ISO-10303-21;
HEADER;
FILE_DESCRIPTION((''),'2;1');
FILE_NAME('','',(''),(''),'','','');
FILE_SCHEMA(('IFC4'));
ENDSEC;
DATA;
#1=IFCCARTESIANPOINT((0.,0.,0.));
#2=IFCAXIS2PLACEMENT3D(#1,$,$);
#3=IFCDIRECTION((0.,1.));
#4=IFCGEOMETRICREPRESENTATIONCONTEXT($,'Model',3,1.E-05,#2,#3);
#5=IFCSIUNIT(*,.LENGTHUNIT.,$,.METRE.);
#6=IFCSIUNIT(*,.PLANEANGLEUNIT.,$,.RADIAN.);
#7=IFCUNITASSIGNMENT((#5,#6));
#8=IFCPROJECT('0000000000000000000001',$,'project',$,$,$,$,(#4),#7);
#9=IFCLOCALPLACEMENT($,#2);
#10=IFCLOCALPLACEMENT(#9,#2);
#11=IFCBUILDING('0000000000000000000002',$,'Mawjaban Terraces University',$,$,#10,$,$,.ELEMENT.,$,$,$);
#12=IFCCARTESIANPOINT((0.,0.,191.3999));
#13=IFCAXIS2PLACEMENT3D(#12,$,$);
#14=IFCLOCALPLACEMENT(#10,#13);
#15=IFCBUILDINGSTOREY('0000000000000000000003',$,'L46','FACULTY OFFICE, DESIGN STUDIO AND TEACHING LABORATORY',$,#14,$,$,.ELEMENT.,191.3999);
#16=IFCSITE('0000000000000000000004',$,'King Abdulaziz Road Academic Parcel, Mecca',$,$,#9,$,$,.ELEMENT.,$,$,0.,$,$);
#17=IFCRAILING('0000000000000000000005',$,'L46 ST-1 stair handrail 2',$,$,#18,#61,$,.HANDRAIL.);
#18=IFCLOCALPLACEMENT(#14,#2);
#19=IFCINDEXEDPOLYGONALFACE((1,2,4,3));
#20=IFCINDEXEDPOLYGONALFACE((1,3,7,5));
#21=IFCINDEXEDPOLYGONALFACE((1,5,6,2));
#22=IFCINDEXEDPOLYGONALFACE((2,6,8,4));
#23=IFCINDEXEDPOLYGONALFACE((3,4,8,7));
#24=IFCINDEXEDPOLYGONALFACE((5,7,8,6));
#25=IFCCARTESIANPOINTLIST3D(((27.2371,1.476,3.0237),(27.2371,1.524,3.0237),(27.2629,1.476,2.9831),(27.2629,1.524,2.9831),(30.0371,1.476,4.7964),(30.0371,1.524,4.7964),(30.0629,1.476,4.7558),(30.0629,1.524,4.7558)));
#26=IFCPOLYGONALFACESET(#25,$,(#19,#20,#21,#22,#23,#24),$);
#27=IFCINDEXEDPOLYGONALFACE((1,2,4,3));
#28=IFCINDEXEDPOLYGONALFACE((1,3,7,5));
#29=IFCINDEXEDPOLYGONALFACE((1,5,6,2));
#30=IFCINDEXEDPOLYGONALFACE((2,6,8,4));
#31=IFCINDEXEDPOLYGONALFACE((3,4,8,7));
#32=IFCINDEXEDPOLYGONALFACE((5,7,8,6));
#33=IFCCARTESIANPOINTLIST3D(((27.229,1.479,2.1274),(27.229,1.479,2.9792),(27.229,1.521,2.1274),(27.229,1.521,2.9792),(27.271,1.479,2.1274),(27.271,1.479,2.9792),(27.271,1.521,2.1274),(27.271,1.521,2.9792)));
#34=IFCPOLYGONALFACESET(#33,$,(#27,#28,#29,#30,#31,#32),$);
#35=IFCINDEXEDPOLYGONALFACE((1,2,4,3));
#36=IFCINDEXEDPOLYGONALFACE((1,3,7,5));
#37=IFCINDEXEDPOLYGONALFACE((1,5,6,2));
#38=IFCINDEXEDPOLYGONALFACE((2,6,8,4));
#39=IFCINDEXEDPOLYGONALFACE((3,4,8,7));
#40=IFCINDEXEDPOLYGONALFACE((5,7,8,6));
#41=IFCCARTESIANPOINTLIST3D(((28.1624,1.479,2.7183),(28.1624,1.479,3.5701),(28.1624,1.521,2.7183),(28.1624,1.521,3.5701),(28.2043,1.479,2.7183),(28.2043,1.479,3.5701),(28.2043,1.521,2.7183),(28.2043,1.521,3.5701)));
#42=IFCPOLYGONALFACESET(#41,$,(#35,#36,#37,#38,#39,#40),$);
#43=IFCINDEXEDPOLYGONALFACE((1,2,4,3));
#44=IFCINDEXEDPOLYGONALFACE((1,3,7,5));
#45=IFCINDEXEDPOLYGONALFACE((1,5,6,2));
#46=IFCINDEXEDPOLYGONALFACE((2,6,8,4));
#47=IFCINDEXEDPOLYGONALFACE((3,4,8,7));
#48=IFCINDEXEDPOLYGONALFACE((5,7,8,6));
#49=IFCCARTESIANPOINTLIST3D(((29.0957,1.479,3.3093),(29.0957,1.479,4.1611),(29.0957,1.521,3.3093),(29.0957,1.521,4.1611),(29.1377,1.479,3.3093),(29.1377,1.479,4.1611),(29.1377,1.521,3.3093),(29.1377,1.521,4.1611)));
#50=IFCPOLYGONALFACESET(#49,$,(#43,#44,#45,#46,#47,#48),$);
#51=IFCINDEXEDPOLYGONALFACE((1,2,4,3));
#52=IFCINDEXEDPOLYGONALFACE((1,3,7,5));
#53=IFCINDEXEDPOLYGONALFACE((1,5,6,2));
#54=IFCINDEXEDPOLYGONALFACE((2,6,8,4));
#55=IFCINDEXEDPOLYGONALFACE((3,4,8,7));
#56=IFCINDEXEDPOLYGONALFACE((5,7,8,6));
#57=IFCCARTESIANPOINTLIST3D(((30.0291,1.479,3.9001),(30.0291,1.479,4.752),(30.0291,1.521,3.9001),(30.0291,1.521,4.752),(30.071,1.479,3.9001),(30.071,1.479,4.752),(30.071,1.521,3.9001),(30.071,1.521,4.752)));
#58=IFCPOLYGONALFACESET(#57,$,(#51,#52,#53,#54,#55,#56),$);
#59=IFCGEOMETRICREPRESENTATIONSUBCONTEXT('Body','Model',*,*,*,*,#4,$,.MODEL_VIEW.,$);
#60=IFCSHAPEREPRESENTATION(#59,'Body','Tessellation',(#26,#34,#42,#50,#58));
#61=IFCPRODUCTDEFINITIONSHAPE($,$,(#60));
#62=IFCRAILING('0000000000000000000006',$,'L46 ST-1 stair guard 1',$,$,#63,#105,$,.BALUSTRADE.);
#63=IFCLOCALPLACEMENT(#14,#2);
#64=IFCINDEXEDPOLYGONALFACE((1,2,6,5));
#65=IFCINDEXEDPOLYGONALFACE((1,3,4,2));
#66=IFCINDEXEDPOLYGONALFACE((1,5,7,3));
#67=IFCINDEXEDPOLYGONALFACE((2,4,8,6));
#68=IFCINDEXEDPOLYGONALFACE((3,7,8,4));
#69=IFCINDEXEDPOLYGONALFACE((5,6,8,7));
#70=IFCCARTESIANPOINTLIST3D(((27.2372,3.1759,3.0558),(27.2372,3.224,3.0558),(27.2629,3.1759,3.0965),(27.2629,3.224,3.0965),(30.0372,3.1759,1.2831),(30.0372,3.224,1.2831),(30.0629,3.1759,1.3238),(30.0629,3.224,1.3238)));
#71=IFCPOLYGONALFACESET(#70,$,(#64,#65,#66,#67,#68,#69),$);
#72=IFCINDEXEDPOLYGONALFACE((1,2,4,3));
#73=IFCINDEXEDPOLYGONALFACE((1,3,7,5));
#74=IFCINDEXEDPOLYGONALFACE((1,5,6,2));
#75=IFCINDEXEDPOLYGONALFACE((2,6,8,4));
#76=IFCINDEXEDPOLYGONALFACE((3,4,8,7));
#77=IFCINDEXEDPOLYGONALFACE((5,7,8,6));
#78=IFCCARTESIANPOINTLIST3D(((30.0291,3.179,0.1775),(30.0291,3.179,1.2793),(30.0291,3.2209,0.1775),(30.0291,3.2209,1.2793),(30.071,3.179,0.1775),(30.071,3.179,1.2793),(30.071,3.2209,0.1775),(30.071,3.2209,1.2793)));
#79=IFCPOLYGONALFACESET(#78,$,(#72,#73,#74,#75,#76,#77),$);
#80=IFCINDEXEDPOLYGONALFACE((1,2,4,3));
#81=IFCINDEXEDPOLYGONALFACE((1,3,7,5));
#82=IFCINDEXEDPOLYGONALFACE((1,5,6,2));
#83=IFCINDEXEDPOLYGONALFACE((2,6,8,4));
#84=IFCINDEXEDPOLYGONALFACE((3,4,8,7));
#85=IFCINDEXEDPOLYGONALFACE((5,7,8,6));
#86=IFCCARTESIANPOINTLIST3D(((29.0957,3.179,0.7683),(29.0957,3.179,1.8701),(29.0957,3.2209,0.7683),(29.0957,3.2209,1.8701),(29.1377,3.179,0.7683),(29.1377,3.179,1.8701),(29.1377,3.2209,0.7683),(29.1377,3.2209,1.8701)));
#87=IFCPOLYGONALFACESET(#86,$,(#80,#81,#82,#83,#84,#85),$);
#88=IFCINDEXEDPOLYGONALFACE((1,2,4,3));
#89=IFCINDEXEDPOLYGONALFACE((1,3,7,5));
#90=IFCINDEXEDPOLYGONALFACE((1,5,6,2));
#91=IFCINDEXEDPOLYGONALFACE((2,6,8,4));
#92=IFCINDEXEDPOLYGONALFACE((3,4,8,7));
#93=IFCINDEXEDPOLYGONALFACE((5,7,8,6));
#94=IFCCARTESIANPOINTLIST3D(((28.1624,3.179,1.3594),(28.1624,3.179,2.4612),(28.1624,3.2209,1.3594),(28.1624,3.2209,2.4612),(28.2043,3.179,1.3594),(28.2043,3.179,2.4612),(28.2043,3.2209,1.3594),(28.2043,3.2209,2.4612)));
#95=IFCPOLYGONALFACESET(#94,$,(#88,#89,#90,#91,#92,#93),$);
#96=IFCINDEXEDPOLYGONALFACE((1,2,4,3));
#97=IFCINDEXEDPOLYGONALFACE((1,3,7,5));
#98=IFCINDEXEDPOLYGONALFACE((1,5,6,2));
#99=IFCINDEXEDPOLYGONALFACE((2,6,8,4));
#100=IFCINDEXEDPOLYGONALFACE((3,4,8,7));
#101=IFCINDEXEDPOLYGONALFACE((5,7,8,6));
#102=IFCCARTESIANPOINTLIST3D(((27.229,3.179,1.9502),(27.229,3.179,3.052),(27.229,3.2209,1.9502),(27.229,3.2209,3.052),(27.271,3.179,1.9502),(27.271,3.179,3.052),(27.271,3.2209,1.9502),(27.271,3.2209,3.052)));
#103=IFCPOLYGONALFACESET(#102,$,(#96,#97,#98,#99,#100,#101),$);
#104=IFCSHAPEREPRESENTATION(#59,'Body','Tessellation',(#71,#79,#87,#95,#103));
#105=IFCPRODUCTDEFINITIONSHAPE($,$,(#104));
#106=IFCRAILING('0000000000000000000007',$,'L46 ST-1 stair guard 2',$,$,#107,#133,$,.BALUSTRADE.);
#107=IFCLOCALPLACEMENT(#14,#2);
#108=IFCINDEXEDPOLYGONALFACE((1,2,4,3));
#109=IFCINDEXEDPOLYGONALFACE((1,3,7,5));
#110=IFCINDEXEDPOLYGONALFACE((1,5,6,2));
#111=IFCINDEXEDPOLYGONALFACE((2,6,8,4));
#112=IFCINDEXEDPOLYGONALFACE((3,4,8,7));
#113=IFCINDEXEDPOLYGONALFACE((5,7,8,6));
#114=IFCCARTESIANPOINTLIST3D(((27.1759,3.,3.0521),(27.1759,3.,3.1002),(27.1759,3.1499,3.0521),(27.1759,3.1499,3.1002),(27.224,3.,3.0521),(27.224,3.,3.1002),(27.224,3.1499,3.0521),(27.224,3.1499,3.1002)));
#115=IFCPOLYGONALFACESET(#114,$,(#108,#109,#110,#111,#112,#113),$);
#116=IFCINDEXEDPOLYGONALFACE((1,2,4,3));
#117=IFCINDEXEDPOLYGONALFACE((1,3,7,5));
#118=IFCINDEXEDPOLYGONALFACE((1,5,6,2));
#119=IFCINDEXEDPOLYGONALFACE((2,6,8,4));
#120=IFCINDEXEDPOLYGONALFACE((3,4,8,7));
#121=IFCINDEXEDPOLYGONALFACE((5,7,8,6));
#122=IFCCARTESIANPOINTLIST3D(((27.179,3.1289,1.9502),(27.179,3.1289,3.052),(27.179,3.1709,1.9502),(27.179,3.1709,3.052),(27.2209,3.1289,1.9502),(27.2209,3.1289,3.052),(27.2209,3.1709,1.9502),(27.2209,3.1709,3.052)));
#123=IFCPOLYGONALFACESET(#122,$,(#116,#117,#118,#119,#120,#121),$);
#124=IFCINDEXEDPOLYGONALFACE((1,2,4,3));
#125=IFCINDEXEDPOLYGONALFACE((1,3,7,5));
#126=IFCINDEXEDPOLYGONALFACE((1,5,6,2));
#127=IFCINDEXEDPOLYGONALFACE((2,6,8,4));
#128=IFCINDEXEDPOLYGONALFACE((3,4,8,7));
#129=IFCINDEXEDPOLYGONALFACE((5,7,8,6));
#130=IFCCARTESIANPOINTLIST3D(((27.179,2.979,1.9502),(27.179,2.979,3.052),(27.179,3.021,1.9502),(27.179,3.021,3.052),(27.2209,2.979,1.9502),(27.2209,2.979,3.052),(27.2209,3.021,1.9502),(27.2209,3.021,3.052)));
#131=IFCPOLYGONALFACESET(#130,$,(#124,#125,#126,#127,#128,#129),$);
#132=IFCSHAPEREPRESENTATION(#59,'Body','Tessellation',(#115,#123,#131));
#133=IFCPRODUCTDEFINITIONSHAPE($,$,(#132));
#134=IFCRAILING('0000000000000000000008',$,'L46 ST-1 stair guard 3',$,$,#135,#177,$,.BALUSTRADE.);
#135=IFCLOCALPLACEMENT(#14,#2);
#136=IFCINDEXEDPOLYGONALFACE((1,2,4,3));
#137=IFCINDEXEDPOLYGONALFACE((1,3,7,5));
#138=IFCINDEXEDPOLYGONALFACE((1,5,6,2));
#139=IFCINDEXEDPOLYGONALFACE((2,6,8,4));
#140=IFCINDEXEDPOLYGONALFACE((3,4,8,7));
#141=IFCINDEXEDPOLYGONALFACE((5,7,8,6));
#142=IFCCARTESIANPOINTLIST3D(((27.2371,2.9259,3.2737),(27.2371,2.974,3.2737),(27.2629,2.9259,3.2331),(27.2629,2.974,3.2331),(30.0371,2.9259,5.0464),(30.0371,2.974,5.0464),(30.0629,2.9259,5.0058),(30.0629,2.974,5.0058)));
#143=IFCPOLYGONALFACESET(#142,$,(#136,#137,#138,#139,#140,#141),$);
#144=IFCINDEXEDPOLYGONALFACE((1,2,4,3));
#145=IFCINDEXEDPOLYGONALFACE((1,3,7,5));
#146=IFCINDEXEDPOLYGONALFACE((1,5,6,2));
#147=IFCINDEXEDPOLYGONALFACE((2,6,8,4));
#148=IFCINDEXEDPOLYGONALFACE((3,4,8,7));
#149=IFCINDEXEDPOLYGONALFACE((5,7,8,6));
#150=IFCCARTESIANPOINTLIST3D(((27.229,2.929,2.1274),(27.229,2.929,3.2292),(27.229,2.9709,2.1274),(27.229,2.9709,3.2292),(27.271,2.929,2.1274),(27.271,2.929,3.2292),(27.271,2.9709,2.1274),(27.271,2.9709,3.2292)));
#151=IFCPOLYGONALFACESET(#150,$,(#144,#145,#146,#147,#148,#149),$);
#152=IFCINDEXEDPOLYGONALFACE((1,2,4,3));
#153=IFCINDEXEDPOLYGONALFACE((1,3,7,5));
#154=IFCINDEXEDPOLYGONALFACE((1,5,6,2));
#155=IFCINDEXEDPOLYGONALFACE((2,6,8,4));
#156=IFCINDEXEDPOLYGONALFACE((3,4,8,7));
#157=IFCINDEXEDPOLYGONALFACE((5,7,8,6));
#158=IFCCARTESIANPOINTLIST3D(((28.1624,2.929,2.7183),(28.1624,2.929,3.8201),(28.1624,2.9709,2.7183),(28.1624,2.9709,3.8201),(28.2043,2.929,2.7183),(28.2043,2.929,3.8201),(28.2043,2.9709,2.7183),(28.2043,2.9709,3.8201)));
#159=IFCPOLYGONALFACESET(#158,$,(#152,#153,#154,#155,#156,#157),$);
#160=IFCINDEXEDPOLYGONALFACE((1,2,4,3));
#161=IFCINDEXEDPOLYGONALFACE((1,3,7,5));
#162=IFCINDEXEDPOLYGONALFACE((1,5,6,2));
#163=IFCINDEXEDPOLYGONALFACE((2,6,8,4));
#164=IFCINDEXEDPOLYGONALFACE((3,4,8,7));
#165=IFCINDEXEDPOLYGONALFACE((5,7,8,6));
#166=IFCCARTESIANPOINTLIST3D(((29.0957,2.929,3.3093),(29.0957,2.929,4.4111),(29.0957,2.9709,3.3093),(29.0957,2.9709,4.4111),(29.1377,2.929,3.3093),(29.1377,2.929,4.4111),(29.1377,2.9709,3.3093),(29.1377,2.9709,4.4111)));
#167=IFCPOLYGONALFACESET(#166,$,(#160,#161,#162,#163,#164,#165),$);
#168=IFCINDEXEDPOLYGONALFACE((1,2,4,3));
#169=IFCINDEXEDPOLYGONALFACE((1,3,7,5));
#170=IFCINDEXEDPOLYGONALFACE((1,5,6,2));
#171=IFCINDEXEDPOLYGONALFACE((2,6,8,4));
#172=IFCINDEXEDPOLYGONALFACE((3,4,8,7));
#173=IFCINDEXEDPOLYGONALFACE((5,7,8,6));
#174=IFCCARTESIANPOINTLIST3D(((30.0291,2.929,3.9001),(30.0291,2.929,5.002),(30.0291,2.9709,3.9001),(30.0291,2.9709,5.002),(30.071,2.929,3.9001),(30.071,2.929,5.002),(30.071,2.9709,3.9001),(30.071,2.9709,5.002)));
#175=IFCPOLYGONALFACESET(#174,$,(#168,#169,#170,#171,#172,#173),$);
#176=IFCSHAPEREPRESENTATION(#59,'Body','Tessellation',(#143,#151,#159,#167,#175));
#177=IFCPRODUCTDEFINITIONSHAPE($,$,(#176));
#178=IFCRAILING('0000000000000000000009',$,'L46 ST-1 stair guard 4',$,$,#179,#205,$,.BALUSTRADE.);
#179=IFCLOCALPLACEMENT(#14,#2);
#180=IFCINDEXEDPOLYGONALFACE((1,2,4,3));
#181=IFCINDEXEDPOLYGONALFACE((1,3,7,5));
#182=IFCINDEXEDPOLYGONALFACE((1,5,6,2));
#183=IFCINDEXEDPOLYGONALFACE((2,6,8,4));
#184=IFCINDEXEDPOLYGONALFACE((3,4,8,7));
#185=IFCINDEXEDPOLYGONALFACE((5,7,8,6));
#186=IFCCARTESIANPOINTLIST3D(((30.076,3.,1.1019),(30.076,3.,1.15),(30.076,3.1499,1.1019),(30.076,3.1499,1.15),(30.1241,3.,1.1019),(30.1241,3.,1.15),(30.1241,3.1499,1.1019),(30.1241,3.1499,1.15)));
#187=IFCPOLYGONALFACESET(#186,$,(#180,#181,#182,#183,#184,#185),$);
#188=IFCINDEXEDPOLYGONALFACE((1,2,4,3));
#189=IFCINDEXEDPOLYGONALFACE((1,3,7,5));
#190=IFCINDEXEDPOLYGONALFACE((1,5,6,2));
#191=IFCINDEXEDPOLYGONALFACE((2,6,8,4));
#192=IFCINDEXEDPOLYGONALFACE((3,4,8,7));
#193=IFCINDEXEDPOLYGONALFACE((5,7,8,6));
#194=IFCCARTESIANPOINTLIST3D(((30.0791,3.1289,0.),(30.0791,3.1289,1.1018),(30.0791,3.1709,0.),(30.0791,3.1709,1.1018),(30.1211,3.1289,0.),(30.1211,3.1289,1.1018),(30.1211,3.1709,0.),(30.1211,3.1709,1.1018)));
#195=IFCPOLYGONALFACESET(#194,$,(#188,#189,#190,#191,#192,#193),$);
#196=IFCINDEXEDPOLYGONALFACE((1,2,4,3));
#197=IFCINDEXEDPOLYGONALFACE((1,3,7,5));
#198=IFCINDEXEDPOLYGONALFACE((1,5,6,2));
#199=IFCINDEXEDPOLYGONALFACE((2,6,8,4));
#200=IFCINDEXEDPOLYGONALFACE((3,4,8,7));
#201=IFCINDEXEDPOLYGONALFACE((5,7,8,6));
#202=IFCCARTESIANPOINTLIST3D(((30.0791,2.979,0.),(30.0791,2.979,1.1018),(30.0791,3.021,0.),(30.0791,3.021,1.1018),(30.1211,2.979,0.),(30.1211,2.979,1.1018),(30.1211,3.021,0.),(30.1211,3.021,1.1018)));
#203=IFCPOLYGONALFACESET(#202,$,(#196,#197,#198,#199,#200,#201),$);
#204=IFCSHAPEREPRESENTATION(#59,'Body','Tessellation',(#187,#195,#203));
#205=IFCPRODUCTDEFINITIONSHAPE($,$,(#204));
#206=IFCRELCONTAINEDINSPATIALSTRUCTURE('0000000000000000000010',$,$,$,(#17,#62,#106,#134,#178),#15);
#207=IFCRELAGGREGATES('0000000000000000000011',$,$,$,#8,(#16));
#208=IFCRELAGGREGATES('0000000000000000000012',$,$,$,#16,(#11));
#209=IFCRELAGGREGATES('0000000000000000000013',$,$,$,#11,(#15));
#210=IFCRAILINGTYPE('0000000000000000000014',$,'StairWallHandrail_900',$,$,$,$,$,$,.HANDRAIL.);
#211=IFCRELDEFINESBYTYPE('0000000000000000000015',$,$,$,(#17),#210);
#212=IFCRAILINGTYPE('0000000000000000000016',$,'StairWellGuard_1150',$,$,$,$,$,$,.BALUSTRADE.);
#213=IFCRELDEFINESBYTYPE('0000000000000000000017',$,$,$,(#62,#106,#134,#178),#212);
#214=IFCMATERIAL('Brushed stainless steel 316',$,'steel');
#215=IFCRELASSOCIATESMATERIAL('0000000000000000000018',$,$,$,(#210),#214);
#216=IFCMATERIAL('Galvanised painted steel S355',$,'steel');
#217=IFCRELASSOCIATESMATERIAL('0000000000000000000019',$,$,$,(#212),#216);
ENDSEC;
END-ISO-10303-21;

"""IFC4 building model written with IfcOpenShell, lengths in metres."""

from ifc_helpers import new_model, si_unit, direction, frame, origin, origin_2d, place, context, subcontext, project, spatial, rectangle, extrude, material, type_object, element, save


model = new_model("IFC4")

# Units and contexts
model_context = context("Model", 3, precision=1e-05, world=origin(), true_north=direction((0.0, 1.0)))
body_context = subcontext(model_context, "Body", "Model", "MODEL_VIEW")
ifc_project = project(units=[si_unit("LENGTHUNIT", "METRE"), si_unit("PLANEANGLEUNIT", "RADIAN")], contexts=[model_context])

# Site, building, storey
site_placement = place(None, origin())
site = spatial("IfcSite", under=ifc_project, at=site_placement, Name="King Abdulaziz Road Academic Parcel, Mecca", CompositionType="ELEMENT", RefElevation=0.0)
building_placement = place(site_placement, origin())
building = spatial("IfcBuilding", under=site, at=building_placement, Name="Mawjaban Terraces University", CompositionType="ELEMENT")
storey_placement = place(building_placement, frame((0.0, 0.0, 191.3999)))
storey = spatial("IfcBuildingStorey", under=building, at=storey_placement, Name="L46", Description="FACULTY OFFICE, DESIGN STUDIO AND TEACHING LABORATORY", CompositionType="ELEMENT", Elevation=191.3999)

# Railings
ifc_material_1 = material(Name="Brushed stainless steel 316", Category="steel")
railing_type_1 = type_object("IfcRailingType", Name="StairWallHandrail_900", PredefinedType="HANDRAIL", material=ifc_material_1)
railing_1_placement = place(storey_placement, frame((27.25, 1.5, 2.1274)))
element("IfcRailing", 1, at=railing_1_placement, inside=storey, type_object=railing_type_1, Name="L46 ST-1 stair handrail 2", PredefinedType="HANDRAIL", context=body_context, shape_type="SweptSolid", body=[
    extrude(rectangle(XDim=0.0481, YDim=0.0481, at=origin_2d()), frame((0.0, 0.0, 0.876), z_axis=(0.844909, 0.0, 0.53491), x_axis=(0.0, 1.0, 0.0)), (0.0, 0.0, 1.0), 3.314),
    extrude(rectangle(XDim=0.042, YDim=0.042, at=origin_2d()), origin(), (0.0, 0.0, 1.0), 0.8518),
    extrude(rectangle(XDim=0.042, YDim=0.042, at=origin_2d()), frame((0.9333, 0.0, 0.5908)), (0.0, 0.0, 1.0), 0.8518),
    extrude(rectangle(XDim=0.042, YDim=0.042, at=origin_2d()), frame((1.8667, 0.0, 1.1819)), (0.0, 0.0, 1.0), 0.8518),
    extrude(rectangle(XDim=0.042, YDim=0.042, at=origin_2d()), frame((2.8, 0.0, 1.7727)), (0.0, 0.0, 1.0), 0.8518),
])
ifc_material_2 = material(Name="Galvanised painted steel S355", Category="steel")
railing_type_2 = type_object("IfcRailingType", Name="StairWellGuard_1150", PredefinedType="BALUSTRADE", material=ifc_material_2)
railing_2_placement = place(storey_placement, frame((30.05, 3.2, 0.1775)))
element("IfcRailing", 2, at=railing_2_placement, inside=storey, type_object=railing_type_2, Name="L46 ST-1 stair guard 1", PredefinedType="BALUSTRADE", context=body_context, shape_type="SweptSolid", body=[
    extrude(rectangle(XDim=0.0481, YDim=0.0481, at=origin_2d()), frame((0.0, 0.0, 1.126), z_axis=(-0.844909, 0.0, 0.53491), x_axis=(0.0, -1.0, 0.0)), (0.0, 0.0, 1.0), 3.314),
    extrude(rectangle(XDim=0.042, YDim=0.042, at=origin_2d()), origin(), (0.0, 0.0, 1.0), 1.1018),
    extrude(rectangle(XDim=0.042, YDim=0.042, at=origin_2d()), frame((-0.9333, 0.0, 0.5908)), (0.0, 0.0, 1.0), 1.1018),
    extrude(rectangle(XDim=0.042, YDim=0.042, at=origin_2d()), frame((-1.8667, 0.0, 1.1819)), (0.0, 0.0, 1.0), 1.1018),
    extrude(rectangle(XDim=0.042, YDim=0.042, at=origin_2d()), frame((-2.8, 0.0, 1.7727)), (0.0, 0.0, 1.0), 1.1018),
])
railing_3_placement = place(storey_placement, frame((27.2, 3.1499, 1.9502)))
element("IfcRailing", 3, at=railing_3_placement, inside=storey, type_object=railing_type_2, Name="L46 ST-1 stair guard 2", PredefinedType="BALUSTRADE", context=body_context, shape_type="SweptSolid", body=[
    extrude(rectangle(XDim=0.0481, YDim=0.0481, at=origin_2d()), frame((0.0, 0.0, 1.126), z_axis=(0.0, -1.0, 0.0), x_axis=(1.0, 0.0, 0.0)), (0.0, 0.0, 1.0), 0.1499),
    extrude(rectangle(XDim=0.042, YDim=0.042, at=origin_2d()), origin(), (0.0, 0.0, 1.0), 1.1018),
    extrude(rectangle(XDim=0.042, YDim=0.042, at=origin_2d()), frame((0.0, -0.1499, 0.0)), (0.0, 0.0, 1.0), 1.1018),
])
railing_4_placement = place(storey_placement, frame((27.25, 2.95, 2.1274)))
element("IfcRailing", 4, at=railing_4_placement, inside=storey, type_object=railing_type_2, Name="L46 ST-1 stair guard 3", PredefinedType="BALUSTRADE", context=body_context, shape_type="SweptSolid", body=[
    extrude(rectangle(XDim=0.0481, YDim=0.0481, at=origin_2d()), frame((0.0, 0.0, 1.126), z_axis=(0.844909, 0.0, 0.53491), x_axis=(0.0, 1.0, 0.0)), (0.0, 0.0, 1.0), 3.314),
    extrude(rectangle(XDim=0.042, YDim=0.042, at=origin_2d()), origin(), (0.0, 0.0, 1.0), 1.1018),
    extrude(rectangle(XDim=0.042, YDim=0.042, at=origin_2d()), frame((0.9333, 0.0, 0.5908)), (0.0, 0.0, 1.0), 1.1018),
    extrude(rectangle(XDim=0.042, YDim=0.042, at=origin_2d()), frame((1.8667, 0.0, 1.1819)), (0.0, 0.0, 1.0), 1.1018),
    extrude(rectangle(XDim=0.042, YDim=0.042, at=origin_2d()), frame((2.8, 0.0, 1.7727)), (0.0, 0.0, 1.0), 1.1018),
])
railing_5_placement = place(storey_placement, frame((30.1001, 3.1499, 0.0)))
element("IfcRailing", 5, at=railing_5_placement, inside=storey, type_object=railing_type_2, Name="L46 ST-1 stair guard 4", PredefinedType="BALUSTRADE", context=body_context, shape_type="SweptSolid", body=[
    extrude(rectangle(XDim=0.0481, YDim=0.0481, at=origin_2d()), frame((0.0, 0.0, 1.126), z_axis=(0.0, -1.0, 0.0), x_axis=(1.0, 0.0, 0.0)), (0.0, 0.0, 1.0), 0.1499),
    extrude(rectangle(XDim=0.042, YDim=0.042, at=origin_2d()), origin(), (0.0, 0.0, 1.0), 1.1018),
    extrude(rectangle(XDim=0.042, YDim=0.042, at=origin_2d()), frame((0.0, -0.1499, 0.0)), (0.0, 0.0, 1.0), 1.1018),
])

save(model, "model.ifc")
